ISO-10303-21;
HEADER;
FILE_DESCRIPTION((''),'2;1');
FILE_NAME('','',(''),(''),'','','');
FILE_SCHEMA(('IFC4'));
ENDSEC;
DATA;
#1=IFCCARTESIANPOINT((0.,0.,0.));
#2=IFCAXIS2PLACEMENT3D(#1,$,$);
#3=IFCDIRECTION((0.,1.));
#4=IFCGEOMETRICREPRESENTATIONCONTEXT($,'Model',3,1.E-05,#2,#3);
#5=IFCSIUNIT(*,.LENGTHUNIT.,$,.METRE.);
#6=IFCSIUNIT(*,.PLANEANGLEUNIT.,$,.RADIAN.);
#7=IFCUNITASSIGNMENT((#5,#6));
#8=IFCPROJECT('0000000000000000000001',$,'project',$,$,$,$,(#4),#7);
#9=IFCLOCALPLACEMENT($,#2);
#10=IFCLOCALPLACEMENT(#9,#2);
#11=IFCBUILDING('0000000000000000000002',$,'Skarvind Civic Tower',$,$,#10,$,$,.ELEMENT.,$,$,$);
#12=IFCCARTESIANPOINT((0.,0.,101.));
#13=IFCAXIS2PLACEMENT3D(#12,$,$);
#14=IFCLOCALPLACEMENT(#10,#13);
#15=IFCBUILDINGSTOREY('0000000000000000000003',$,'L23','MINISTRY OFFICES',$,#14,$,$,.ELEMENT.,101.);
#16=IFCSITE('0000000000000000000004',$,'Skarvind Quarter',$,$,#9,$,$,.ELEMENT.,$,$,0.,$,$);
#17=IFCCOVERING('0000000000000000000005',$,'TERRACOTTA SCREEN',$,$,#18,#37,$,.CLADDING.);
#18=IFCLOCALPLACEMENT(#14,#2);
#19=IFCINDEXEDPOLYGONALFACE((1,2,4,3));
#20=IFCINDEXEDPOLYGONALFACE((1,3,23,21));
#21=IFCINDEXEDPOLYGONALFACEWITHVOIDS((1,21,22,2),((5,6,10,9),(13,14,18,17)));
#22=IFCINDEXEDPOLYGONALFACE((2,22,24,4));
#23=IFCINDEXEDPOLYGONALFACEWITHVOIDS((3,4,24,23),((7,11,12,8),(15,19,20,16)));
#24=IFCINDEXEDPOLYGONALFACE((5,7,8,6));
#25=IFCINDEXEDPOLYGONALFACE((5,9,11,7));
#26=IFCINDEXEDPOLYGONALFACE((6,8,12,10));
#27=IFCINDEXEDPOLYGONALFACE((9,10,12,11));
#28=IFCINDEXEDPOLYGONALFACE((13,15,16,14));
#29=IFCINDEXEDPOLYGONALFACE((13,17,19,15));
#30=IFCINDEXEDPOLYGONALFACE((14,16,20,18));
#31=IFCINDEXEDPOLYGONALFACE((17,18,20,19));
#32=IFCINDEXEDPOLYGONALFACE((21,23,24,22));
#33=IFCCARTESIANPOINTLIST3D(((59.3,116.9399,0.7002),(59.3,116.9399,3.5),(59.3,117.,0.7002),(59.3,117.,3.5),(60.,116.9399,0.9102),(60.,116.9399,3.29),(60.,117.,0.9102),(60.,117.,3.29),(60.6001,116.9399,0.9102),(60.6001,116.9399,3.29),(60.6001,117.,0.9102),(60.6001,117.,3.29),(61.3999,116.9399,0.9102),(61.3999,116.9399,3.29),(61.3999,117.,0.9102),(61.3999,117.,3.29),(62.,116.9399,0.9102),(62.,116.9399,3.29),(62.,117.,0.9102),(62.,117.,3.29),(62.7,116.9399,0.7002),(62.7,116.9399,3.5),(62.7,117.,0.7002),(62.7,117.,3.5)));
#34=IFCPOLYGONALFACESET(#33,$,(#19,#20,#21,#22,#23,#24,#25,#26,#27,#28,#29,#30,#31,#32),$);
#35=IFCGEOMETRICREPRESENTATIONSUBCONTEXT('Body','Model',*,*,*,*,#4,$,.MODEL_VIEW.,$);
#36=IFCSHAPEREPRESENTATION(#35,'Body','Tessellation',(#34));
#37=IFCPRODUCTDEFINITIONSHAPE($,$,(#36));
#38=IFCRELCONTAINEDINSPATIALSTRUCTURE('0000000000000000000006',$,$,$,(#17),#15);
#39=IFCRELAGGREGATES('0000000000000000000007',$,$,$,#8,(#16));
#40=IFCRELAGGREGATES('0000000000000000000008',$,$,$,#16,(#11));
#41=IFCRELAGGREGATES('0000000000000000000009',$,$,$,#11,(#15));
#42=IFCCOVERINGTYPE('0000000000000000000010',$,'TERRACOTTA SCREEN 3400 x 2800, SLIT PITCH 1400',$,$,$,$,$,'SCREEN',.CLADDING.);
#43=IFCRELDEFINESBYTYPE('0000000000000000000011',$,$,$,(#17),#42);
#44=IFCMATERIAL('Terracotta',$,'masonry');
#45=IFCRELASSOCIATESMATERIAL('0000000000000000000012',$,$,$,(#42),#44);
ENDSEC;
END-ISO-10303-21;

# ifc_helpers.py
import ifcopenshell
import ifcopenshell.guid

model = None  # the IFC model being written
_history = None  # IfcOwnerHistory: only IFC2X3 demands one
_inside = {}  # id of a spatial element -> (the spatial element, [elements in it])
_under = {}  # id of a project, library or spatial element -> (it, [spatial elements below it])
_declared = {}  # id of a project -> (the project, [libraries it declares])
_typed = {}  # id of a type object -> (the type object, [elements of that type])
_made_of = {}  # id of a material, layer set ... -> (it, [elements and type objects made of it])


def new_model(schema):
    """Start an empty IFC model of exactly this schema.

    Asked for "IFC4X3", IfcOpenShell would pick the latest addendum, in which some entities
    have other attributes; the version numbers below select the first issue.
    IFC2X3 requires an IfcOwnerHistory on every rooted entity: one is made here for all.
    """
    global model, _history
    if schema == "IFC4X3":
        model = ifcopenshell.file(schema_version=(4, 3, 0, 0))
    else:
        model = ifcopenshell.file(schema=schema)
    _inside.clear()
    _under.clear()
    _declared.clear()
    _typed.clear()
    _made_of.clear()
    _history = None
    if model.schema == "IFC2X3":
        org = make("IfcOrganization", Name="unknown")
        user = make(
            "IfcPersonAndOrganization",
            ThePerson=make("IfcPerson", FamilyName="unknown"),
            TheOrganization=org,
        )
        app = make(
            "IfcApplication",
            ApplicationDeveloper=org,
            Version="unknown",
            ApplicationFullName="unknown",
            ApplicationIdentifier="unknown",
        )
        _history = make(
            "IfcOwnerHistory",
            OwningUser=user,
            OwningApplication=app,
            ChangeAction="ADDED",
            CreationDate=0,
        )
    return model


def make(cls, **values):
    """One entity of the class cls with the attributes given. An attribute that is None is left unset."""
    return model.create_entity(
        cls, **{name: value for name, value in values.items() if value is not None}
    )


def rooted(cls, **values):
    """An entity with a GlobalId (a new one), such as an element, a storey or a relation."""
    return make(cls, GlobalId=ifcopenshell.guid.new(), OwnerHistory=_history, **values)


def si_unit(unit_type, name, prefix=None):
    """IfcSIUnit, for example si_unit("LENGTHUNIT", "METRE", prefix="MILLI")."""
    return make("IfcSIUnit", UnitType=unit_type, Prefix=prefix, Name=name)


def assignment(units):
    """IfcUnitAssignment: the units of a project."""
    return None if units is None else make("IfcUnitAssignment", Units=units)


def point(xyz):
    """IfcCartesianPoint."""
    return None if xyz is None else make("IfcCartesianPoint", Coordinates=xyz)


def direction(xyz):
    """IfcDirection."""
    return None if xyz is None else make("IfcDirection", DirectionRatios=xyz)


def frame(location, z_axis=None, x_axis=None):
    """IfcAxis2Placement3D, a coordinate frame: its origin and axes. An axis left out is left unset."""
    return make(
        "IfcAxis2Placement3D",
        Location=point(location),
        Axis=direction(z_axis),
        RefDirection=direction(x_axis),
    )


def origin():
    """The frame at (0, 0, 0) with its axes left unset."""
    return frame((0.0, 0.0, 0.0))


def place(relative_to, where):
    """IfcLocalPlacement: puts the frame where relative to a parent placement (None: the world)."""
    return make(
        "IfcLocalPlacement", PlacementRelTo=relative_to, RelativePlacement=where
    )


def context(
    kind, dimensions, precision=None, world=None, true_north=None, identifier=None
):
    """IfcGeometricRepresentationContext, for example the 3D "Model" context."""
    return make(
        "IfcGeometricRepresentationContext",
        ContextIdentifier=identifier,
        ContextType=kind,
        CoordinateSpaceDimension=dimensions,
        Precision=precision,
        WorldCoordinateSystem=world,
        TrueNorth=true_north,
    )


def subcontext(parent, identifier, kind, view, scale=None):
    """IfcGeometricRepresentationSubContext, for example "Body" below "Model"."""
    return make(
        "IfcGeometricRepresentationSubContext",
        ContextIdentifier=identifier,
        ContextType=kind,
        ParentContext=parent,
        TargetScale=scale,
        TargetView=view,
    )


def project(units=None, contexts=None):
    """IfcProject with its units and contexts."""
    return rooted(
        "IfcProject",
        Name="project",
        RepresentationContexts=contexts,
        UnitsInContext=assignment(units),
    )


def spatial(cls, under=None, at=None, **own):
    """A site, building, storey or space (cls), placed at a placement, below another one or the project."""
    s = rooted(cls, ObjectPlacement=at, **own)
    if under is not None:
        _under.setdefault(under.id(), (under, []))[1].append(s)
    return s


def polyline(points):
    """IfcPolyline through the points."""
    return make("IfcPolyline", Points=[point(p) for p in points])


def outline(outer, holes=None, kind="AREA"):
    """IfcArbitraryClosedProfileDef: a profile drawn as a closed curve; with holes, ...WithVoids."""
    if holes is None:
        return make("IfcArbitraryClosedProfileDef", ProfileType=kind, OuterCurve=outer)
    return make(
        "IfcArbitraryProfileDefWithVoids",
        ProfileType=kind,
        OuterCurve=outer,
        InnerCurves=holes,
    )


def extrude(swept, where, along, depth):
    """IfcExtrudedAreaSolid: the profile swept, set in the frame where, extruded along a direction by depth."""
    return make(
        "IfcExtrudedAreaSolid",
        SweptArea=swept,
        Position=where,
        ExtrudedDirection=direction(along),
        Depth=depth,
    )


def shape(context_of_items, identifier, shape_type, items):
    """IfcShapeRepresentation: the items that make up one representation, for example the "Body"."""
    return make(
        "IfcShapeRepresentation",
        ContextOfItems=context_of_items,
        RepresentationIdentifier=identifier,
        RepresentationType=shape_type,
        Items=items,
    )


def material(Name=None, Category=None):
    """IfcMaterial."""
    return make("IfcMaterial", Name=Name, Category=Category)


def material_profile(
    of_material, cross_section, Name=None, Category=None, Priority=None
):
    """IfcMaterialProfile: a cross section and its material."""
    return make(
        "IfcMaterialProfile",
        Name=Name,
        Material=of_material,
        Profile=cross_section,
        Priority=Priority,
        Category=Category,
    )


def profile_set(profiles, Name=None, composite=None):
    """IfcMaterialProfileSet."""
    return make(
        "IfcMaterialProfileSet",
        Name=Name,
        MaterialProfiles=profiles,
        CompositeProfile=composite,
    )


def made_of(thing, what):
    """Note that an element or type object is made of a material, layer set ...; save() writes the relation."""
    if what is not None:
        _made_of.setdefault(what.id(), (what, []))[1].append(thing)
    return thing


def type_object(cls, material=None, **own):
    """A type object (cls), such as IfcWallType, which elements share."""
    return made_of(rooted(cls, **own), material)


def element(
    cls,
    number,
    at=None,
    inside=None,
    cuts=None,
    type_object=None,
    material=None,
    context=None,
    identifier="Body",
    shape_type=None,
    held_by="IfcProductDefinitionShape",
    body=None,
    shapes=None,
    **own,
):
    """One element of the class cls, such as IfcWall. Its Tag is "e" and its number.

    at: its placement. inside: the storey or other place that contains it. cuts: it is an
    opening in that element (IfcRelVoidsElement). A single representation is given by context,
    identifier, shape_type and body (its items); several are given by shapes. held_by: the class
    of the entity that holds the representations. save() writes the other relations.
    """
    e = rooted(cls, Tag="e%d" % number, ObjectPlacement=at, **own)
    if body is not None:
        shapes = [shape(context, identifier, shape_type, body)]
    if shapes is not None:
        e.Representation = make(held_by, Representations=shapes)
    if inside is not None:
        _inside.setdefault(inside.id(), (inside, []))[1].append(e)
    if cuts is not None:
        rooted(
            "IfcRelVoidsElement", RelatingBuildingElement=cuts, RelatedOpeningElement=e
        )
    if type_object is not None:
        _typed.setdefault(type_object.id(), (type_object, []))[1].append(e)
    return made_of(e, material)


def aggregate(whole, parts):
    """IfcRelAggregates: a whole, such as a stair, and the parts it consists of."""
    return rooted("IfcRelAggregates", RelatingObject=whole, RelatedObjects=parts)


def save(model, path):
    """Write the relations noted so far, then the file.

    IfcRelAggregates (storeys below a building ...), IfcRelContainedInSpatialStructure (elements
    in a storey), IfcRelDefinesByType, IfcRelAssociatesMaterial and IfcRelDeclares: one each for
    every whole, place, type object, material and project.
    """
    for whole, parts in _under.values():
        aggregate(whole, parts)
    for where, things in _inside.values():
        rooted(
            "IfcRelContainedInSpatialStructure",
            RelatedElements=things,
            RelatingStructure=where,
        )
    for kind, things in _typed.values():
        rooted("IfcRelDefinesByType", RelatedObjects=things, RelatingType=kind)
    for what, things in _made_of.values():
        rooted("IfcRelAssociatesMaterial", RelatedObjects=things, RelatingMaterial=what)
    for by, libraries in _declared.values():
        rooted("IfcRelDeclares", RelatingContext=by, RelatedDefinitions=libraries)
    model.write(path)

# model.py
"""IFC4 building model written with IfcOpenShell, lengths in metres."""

from ifc_helpers import new_model, si_unit, direction, frame, origin, place, context, subcontext, project, spatial, polyline, outline, extrude, material, material_profile, profile_set, type_object, element, save


model = new_model("IFC4")

# Units and contexts
model_context = context("Model", 3, precision=1e-05, world=origin(), true_north=direction((0.0, 1.0)))
body_context = subcontext(model_context, "Body", "Model", "MODEL_VIEW")
ifc_project = project(units=[si_unit("LENGTHUNIT", "METRE"), si_unit("PLANEANGLEUNIT", "RADIAN")], contexts=[model_context])

# Site, building, storey
site_placement = place(None, origin())
site = spatial("IfcSite", under=ifc_project, at=site_placement, Name="Skarvind Quarter", CompositionType="ELEMENT", RefElevation=0.0)
building_placement = place(site_placement, origin())
building = spatial("IfcBuilding", under=site, at=building_placement, Name="Skarvind Civic Tower", CompositionType="ELEMENT")
storey_placement = place(building_placement, frame((0.0, 0.0, 101.0)))
storey = spatial("IfcBuildingStorey", under=building, at=storey_placement, Name="L23", Description="MINISTRY OFFICES", CompositionType="ELEMENT", Elevation=101.0)

# Covering
ifc_material_1 = material(Name="Terracotta", Category="masonry")
ifc_material_profile_1 = material_profile(ifc_material_1, outline(polyline([(-1.7, -1.3999), (1.7, -1.3999), (1.7, 1.3999), (-1.7, 1.3999), (-1.7, -1.3999)]), holes=[polyline([(-1.0, -1.1899), (-0.3999, -1.1899), (-0.3999, 1.1899), (-1.0, 1.1899), (-1.0, -1.1899)]), polyline([(0.3999, -1.1899), (1.0, -1.1899), (1.0, 1.1899), (0.3999, 1.1899), (0.3999, -1.1899)])]), Name="TERRACOTTA SCREEN 3400 x 2800, SLIT PITCH 1400")
ifc_profile_set_1 = profile_set([ifc_material_profile_1], Name="Terracotta")
covering_type = type_object("IfcCoveringType", Name="TERRACOTTA SCREEN 3400 x 2800, SLIT PITCH 1400", ElementType="SCREEN", PredefinedType="CLADDING", material=ifc_profile_set_1)
for number, where, z_axis, x_axis, name in (
    (1, (61.0, 117.0, 2.1001), (0.0, -1.0, 0.0), (1.0, 0.0, 0.0), "TERRACOTTA SCREEN"),
):
    element("IfcCovering", number, at=place(storey_placement, frame(where, z_axis=z_axis, x_axis=x_axis)), inside=storey, type_object=covering_type, Name=name, PredefinedType="CLADDING", context=body_context, shape_type="SweptSolid", body=[
        extrude(outline(polyline([(-1.7, -1.3999), (1.7, -1.3999), (1.7, 1.3999), (-1.7, 1.3999), (-1.7, -1.3999)]), holes=[polyline([(-1.0, -1.1899), (-0.3999, -1.1899), (-0.3999, 1.1899), (-1.0, 1.1899), (-1.0, -1.1899)]), polyline([(0.3999, -1.1899), (1.0, -1.1899), (1.0, 1.1899), (0.3999, 1.1899), (0.3999, -1.1899)])]), origin(), (0.0, 0.0, 1.0), 0.0601),
    ])

save(model, "model.ifc")
